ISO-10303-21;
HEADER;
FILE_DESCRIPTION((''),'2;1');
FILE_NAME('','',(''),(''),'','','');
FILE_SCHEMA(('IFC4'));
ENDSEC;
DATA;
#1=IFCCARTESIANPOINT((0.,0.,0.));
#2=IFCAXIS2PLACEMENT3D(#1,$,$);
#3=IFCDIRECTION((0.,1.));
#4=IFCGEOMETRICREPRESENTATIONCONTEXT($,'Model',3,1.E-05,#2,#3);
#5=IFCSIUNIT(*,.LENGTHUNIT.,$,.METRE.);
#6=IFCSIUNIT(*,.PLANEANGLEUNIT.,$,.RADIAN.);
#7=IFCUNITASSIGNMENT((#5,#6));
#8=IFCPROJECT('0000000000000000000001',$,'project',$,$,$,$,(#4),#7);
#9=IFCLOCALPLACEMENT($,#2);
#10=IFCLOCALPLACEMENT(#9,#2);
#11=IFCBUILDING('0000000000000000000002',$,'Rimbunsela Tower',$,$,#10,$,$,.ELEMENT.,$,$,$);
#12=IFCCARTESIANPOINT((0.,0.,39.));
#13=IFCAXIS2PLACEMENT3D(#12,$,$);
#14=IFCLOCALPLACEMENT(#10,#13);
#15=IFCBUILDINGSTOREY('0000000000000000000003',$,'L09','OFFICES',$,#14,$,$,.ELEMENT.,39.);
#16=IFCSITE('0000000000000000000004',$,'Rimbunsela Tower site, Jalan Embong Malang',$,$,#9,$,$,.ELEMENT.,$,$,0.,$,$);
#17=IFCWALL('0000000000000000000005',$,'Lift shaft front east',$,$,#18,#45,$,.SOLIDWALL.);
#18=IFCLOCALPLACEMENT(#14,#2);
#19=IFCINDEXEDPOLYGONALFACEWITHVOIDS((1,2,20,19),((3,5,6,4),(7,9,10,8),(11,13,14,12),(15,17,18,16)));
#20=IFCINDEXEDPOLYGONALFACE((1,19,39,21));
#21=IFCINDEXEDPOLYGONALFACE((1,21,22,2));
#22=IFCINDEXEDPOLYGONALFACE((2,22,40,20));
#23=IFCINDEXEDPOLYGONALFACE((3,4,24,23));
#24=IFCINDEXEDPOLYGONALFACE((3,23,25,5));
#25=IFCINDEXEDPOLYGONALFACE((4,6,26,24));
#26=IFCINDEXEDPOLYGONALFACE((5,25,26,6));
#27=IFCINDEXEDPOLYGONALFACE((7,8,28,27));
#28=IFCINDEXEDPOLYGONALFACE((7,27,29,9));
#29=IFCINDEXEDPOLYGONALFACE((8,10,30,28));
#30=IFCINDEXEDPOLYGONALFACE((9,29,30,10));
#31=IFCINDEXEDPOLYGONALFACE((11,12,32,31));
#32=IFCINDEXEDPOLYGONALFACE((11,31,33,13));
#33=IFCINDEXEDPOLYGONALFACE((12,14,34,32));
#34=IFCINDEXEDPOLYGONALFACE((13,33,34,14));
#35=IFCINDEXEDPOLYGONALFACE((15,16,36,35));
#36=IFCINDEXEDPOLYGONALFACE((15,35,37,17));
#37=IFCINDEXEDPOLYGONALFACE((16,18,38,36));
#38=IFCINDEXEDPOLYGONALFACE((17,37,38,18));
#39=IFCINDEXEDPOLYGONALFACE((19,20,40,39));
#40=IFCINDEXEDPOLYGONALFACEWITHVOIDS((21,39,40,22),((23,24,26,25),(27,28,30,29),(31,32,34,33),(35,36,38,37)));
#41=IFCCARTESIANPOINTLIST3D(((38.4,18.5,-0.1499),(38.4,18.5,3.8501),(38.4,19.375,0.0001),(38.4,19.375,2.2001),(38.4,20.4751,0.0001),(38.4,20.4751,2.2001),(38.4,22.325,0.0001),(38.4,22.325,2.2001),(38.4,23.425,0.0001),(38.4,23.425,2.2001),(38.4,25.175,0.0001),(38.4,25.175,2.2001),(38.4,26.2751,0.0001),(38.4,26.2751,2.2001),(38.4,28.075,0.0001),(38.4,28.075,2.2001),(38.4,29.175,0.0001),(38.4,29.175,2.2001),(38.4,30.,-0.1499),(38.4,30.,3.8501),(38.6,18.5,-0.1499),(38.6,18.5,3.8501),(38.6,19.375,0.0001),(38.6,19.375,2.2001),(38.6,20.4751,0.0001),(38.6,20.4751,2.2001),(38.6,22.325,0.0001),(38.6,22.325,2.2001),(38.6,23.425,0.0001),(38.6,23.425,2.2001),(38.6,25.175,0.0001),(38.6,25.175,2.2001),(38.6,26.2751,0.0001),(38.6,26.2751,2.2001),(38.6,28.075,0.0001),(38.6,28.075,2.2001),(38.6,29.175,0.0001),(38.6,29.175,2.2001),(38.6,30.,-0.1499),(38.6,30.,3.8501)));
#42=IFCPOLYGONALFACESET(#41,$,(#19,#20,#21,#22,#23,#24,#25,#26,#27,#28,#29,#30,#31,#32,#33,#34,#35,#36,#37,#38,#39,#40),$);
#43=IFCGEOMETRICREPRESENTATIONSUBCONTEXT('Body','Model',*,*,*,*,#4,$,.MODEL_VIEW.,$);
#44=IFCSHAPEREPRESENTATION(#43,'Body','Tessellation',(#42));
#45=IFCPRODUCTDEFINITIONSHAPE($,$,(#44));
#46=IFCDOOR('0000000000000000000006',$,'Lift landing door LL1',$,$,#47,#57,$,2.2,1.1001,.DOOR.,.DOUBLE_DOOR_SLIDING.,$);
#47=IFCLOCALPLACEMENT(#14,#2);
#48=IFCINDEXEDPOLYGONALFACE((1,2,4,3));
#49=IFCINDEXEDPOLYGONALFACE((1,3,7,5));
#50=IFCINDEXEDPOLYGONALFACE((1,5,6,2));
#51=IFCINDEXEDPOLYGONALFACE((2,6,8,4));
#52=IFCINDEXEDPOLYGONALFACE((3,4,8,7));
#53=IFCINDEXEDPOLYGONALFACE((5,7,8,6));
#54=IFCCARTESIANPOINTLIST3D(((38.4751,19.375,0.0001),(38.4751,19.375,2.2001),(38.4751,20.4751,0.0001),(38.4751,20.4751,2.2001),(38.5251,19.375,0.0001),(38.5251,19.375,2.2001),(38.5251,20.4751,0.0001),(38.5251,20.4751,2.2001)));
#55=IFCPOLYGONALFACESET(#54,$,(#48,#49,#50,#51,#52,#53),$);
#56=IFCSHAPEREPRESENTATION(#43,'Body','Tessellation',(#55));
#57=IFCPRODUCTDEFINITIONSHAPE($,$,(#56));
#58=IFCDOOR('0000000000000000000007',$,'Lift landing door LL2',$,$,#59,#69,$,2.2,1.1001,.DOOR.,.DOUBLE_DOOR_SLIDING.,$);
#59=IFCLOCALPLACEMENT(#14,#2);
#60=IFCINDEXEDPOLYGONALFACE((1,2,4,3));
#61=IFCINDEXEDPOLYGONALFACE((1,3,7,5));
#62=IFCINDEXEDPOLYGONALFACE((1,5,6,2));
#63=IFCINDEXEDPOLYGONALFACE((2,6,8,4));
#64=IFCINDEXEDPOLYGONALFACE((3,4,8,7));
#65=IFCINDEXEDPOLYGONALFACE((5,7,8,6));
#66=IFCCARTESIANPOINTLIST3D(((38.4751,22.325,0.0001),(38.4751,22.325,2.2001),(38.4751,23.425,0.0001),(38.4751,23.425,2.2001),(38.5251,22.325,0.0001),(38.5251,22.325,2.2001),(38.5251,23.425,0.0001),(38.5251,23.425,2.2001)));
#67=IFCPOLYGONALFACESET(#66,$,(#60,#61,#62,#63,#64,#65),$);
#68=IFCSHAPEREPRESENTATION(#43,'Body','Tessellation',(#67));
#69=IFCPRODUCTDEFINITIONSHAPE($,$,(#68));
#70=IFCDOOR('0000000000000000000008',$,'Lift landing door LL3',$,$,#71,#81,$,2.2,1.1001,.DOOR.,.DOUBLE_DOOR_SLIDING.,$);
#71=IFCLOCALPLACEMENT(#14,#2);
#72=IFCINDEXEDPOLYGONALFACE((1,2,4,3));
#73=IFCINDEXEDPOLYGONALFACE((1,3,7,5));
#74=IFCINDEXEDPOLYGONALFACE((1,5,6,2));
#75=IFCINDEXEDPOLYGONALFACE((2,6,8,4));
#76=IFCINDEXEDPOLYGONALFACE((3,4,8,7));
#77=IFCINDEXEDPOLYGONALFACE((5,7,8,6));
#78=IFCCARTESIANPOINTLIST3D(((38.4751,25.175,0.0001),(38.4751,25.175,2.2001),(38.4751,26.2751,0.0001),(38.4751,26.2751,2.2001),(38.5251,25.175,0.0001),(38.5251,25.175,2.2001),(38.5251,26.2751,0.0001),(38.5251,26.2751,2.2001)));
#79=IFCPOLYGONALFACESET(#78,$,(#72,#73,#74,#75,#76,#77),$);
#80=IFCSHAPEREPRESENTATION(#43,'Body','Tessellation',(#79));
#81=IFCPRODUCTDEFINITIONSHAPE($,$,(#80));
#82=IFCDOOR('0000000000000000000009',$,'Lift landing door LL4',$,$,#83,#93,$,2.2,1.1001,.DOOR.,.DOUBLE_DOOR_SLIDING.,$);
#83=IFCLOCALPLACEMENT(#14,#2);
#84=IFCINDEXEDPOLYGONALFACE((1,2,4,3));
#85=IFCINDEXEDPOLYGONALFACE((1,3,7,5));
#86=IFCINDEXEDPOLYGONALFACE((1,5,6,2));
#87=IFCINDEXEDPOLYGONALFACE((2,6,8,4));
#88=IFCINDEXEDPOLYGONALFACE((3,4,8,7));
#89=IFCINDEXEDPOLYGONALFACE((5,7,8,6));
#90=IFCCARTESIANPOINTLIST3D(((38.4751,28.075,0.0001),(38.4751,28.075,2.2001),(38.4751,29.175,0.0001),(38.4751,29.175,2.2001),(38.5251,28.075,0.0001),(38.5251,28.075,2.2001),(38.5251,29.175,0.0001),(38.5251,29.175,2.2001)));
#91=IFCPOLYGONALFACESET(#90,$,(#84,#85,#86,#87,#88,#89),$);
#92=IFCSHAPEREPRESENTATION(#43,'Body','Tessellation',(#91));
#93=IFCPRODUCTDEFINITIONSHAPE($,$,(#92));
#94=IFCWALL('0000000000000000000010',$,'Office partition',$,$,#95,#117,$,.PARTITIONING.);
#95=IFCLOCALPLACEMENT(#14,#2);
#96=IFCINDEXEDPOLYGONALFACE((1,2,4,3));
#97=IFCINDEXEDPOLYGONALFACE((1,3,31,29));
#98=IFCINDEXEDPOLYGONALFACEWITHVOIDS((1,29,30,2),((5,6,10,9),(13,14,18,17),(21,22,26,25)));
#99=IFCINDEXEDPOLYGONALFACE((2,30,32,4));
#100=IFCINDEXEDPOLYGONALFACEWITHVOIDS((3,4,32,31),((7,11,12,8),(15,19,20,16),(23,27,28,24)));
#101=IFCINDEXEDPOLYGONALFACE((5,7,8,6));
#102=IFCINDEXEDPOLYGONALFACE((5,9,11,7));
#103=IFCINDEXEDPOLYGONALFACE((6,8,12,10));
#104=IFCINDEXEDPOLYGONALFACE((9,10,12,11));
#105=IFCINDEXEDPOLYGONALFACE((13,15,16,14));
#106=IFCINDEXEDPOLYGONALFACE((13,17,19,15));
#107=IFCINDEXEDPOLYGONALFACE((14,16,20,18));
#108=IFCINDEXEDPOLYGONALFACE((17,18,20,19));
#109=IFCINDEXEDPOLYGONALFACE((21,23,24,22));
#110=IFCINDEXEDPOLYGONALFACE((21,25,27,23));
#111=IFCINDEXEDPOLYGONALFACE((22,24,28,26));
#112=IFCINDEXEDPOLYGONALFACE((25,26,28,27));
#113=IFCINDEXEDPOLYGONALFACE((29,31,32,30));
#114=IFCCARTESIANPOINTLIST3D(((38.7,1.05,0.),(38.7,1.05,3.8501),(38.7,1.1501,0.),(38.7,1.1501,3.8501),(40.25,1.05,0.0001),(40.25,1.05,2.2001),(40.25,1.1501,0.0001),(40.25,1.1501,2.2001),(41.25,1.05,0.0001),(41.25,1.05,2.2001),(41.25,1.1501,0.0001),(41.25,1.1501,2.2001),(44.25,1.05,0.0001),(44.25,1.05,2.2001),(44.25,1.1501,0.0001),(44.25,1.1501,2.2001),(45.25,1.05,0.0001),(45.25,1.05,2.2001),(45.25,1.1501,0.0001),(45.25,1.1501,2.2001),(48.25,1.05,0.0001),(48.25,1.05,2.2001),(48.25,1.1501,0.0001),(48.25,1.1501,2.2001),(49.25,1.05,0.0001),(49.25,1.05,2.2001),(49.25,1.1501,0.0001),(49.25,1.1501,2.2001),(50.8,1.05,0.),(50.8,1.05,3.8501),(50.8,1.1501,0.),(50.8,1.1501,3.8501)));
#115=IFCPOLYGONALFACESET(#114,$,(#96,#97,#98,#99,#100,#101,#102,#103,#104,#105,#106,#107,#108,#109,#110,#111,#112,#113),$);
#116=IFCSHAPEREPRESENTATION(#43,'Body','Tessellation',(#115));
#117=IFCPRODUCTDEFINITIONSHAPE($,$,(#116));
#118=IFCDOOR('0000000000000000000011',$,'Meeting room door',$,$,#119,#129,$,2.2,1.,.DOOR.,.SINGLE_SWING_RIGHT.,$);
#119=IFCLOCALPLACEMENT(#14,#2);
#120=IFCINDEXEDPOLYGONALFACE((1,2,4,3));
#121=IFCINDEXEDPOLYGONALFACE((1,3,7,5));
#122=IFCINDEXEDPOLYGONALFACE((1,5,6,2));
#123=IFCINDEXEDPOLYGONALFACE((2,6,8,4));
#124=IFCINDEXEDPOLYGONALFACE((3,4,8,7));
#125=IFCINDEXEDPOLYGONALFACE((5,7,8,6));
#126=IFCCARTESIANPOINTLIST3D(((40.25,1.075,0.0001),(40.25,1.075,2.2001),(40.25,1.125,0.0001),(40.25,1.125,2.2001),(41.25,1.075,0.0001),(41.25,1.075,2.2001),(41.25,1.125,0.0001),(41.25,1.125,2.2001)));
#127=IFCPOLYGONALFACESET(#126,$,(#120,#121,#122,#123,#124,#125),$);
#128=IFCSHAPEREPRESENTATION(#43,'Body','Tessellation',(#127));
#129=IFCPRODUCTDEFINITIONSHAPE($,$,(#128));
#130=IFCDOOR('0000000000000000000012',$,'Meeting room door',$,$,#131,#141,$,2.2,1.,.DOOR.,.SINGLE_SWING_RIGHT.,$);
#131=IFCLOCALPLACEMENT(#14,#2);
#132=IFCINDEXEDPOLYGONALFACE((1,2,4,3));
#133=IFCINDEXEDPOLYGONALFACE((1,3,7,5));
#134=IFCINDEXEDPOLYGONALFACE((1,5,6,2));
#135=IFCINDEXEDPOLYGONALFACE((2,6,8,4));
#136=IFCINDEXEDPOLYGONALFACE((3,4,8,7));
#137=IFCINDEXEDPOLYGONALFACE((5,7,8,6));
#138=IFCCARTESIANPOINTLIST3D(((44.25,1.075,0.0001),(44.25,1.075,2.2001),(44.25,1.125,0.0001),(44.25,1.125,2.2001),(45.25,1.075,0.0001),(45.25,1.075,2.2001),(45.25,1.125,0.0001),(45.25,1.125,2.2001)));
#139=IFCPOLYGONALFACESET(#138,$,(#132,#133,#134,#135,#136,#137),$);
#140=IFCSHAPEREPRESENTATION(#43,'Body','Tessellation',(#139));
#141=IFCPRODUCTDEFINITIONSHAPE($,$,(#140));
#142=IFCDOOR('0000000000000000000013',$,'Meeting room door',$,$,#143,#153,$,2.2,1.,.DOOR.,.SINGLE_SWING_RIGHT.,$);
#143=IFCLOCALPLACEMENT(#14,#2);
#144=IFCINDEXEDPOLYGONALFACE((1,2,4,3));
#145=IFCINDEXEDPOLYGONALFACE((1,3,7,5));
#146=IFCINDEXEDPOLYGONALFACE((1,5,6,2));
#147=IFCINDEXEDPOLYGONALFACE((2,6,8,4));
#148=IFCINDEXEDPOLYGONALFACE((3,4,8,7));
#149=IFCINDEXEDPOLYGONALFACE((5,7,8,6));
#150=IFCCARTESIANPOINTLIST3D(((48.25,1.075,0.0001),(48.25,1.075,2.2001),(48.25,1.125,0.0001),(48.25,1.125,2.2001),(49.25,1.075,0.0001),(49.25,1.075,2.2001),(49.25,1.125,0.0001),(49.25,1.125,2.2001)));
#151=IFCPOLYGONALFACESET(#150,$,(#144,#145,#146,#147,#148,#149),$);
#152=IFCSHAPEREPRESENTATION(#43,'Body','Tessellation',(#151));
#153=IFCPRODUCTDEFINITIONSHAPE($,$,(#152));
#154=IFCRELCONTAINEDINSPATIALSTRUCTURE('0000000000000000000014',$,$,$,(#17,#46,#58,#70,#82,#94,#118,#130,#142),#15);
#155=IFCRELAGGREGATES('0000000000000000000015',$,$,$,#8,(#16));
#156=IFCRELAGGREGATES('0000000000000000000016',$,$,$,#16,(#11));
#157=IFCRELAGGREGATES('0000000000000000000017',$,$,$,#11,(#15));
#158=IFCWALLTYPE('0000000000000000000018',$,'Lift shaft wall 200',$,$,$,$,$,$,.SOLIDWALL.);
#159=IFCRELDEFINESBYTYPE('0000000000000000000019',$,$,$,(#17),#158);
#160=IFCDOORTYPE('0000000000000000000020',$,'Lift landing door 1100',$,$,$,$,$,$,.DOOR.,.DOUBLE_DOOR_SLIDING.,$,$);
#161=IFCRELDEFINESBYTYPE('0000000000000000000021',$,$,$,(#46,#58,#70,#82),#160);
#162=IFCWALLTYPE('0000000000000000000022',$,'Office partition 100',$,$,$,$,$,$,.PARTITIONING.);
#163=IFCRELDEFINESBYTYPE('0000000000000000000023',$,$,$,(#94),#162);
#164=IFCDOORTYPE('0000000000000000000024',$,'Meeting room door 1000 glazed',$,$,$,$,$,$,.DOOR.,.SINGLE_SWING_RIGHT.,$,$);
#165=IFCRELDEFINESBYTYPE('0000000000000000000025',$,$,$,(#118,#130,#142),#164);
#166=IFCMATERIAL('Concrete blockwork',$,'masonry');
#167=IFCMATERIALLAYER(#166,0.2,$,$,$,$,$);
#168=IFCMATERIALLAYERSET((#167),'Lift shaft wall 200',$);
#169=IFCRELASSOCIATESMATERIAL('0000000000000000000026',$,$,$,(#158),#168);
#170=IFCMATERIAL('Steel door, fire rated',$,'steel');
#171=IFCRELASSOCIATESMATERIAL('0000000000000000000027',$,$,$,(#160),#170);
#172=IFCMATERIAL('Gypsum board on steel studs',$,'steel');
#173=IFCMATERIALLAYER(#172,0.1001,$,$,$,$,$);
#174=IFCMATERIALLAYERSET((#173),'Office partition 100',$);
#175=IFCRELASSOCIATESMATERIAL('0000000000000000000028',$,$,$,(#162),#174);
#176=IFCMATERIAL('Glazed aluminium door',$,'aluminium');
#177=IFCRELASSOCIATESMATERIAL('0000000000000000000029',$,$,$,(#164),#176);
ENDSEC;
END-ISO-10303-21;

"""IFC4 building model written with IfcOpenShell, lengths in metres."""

from ifc_helpers import new_model, si_unit, direction, frame, frame_2d, origin, place, context, subcontext, project, spatial, rectangle, extrude, material, layer, layer_set, type_object, element, fill, save


model = new_model("IFC4")

# Units and contexts
model_context = context("Model", 3, precision=1e-05, world=origin(), true_north=direction((0.0, 1.0)))
body_context = subcontext(model_context, "Body", "Model", "MODEL_VIEW")
ifc_project = project(units=[si_unit("LENGTHUNIT", "METRE"), si_unit("PLANEANGLEUNIT", "RADIAN")], contexts=[model_context])

# Site, building, storey
site_placement = place(None, origin())
site = spatial("IfcSite", under=ifc_project, at=site_placement, Name="Rimbunsela Tower site, Jalan Embong Malang", CompositionType="ELEMENT", RefElevation=0.0)
building_placement = place(site_placement, origin())
building = spatial("IfcBuilding", under=site, at=building_placement, Name="Rimbunsela Tower", CompositionType="ELEMENT")
storey_placement = place(building_placement, frame((0.0, 0.0, 39.0)))
storey = spatial("IfcBuildingStorey", under=building, at=storey_placement, Name="L09", Description="OFFICES", CompositionType="ELEMENT", Elevation=39.0)

# Walls, openings, doors
ifc_material_1 = material(Name="Concrete blockwork", Category="masonry")
ifc_layer_1 = layer(ifc_material_1, 0.2)
ifc_layer_set_1 = layer_set([ifc_layer_1], Name="Lift shaft wall 200")
wall_type_1 = type_object("IfcWallType", Name="Lift shaft wall 200", PredefinedType="SOLIDWALL", material=ifc_layer_set_1)
wall_1_placement = place(storey_placement, frame((38.5, 18.5, -0.1499), z_axis=(0.0, 0.0, 1.0), x_axis=(0.0, 1.0, 0.0)))
wall_1 = element("IfcWall", 1, at=wall_1_placement, inside=storey, type_object=wall_type_1, Name="Lift shaft front east", PredefinedType="SOLIDWALL", context=body_context, shape_type="SweptSolid", body=[
    extrude(rectangle(XDim=11.5, YDim=0.2, at=frame_2d((5.75, 0.0))), origin(), (0.0, 0.0, 1.0), 4.0),
])
opening_1_placement = place(wall_1_placement, frame((0.875, 0.0, 0.1499)))
opening_1 = element("IfcOpeningElement", 2, at=opening_1_placement, cuts=wall_1, PredefinedType="OPENING", context=body_context, shape_type="SweptSolid", body=[
    extrude(rectangle(XDim=1.1001, YDim=2.2, at=frame_2d((0.55, 1.1001))), frame((0.0, 0.1099, 0.0), z_axis=(0.0, -1.0, 0.0), x_axis=(1.0, 0.0, 0.0)), (0.0, 0.0, 1.0), 0.22),
])
opening_2_placement = place(wall_1_placement, frame((3.825, 0.0, 0.1499)))
opening_2 = element("IfcOpeningElement", 3, at=opening_2_placement, cuts=wall_1, PredefinedType="OPENING", context=body_context, shape_type="SweptSolid", body=[
    extrude(rectangle(XDim=1.1001, YDim=2.2, at=frame_2d((0.55, 1.1001))), frame((0.0, 0.1099, 0.0), z_axis=(0.0, -1.0, 0.0), x_axis=(1.0, 0.0, 0.0)), (0.0, 0.0, 1.0), 0.22),
])
opening_3_placement = place(wall_1_placement, frame((6.675, 0.0, 0.1499)))
opening_3 = element("IfcOpeningElement", 4, at=opening_3_placement, cuts=wall_1, PredefinedType="OPENING", context=body_context, shape_type="SweptSolid", body=[
    extrude(rectangle(XDim=1.1001, YDim=2.2, at=frame_2d((0.55, 1.1001))), frame((0.0, 0.1099, 0.0), z_axis=(0.0, -1.0, 0.0), x_axis=(1.0, 0.0, 0.0)), (0.0, 0.0, 1.0), 0.22),
])
opening_4_placement = place(wall_1_placement, frame((9.575, 0.0, 0.1499)))
opening_4 = element("IfcOpeningElement", 5, at=opening_4_placement, cuts=wall_1, PredefinedType="OPENING", context=body_context, shape_type="SweptSolid", body=[
    extrude(rectangle(XDim=1.1001, YDim=2.2, at=frame_2d((0.55, 1.1001))), frame((0.0, 0.1099, 0.0), z_axis=(0.0, -1.0, 0.0), x_axis=(1.0, 0.0, 0.0)), (0.0, 0.0, 1.0), 0.22),
])
ifc_material_2 = material(Name="Steel door, fire rated", Category="steel")
door_type_1 = type_object("IfcDoorType", Name="Lift landing door 1100", OperationType="DOUBLE_DOOR_SLIDING", PredefinedType="DOOR", material=ifc_material_2)
door_1_placement = place(opening_1_placement, origin())
door_1 = element("IfcDoor", 6, at=door_1_placement, inside=storey, type_object=door_type_1, Name="Lift landing door LL1", OperationType="DOUBLE_DOOR_SLIDING", OverallHeight=2.2, OverallWidth=1.1001, PredefinedType="DOOR", context=body_context, shape_type="SweptSolid", body=[
    extrude(rectangle(XDim=1.1001, YDim=2.2, at=frame_2d((0.55, 1.1001))), frame((0.0, 0.0249, 0.0), z_axis=(0.0, -1.0, 0.0), x_axis=(1.0, 0.0, 0.0)), (0.0, 0.0, 1.0), 0.05),
])
fill(opening_1, door_1)
door_2_placement = place(opening_2_placement, origin())
door_2 = element("IfcDoor", 7, at=door_2_placement, inside=storey, type_object=door_type_1, Name="Lift landing door LL2", OperationType="DOUBLE_DOOR_SLIDING", OverallHeight=2.2, OverallWidth=1.1001, PredefinedType="DOOR", context=body_context, shape_type="SweptSolid", body=[
    extrude(rectangle(XDim=1.1001, YDim=2.2, at=frame_2d((0.55, 1.1001))), frame((0.0, 0.0249, 0.0), z_axis=(0.0, -1.0, 0.0), x_axis=(1.0, 0.0, 0.0)), (0.0, 0.0, 1.0), 0.05),
])
fill(opening_2, door_2)
door_3_placement = place(opening_3_placement, origin())
door_3 = element("IfcDoor", 8, at=door_3_placement, inside=storey, type_object=door_type_1, Name="Lift landing door LL3", OperationType="DOUBLE_DOOR_SLIDING", OverallHeight=2.2, OverallWidth=1.1001, PredefinedType="DOOR", context=body_context, shape_type="SweptSolid", body=[
    extrude(rectangle(XDim=1.1001, YDim=2.2, at=frame_2d((0.55, 1.1001))), frame((0.0, 0.0249, 0.0), z_axis=(0.0, -1.0, 0.0), x_axis=(1.0, 0.0, 0.0)), (0.0, 0.0, 1.0), 0.05),
])
fill(opening_3, door_3)
door_4_placement = place(opening_4_placement, origin())
door_4 = element("IfcDoor", 9, at=door_4_placement, inside=storey, type_object=door_type_1, Name="Lift landing door LL4", OperationType="DOUBLE_DOOR_SLIDING", OverallHeight=2.2, OverallWidth=1.1001, PredefinedType="DOOR", context=body_context, shape_type="SweptSolid", body=[
    extrude(rectangle(XDim=1.1001, YDim=2.2, at=frame_2d((0.55, 1.1001))), frame((0.0, 0.0249, 0.0), z_axis=(0.0, -1.0, 0.0), x_axis=(1.0, 0.0, 0.0)), (0.0, 0.0, 1.0), 0.05),
])
fill(opening_4, door_4)
ifc_material_3 = material(Name="Gypsum board on steel studs", Category="steel")
ifc_layer_2 = layer(ifc_material_3, 0.1001)
ifc_layer_set_2 = layer_set([ifc_layer_2], Name="Office partition 100")
wall_type_2 = type_object("IfcWallType", Name="Office partition 100", PredefinedType="PARTITIONING", material=ifc_layer_set_2)
wall_2_placement = place(storey_placement, frame((38.7, 1.1001, 0.0), z_axis=(0.0, 0.0, 1.0), x_axis=(1.0, 0.0, 0.0)))
wall_2 = element("IfcWall", 10, at=wall_2_placement, inside=storey, type_object=wall_type_2, Name="Office partition", PredefinedType="PARTITIONING", context=body_context, shape_type="SweptSolid", body=[
    extrude(rectangle(XDim=12.1001, YDim=0.1001, at=frame_2d((6.05, 0.0))), origin(), (0.0, 0.0, 1.0), 3.8501),
])
opening_5_placement = place(wall_2_placement, frame((1.55, 0.0, 0.0)))
opening_5 = element("IfcOpeningElement", 11, at=opening_5_placement, cuts=wall_2, PredefinedType="OPENING", context=body_context, shape_type="SweptSolid", body=[
    extrude(rectangle(XDim=1.0, YDim=2.2, at=frame_2d((0.5, 1.1001))), frame((0.0, 0.0601, 0.0), z_axis=(0.0, -1.0, 0.0), x_axis=(1.0, 0.0, 0.0)), (0.0, 0.0, 1.0), 0.1201),
])
opening_6_placement = place(wall_2_placement, frame((5.55, 0.0, 0.0)))
opening_6 = element("IfcOpeningElement", 12, at=opening_6_placement, cuts=wall_2, PredefinedType="OPENING", context=body_context, shape_type="SweptSolid", body=[
    extrude(rectangle(XDim=1.0, YDim=2.2, at=frame_2d((0.5, 1.1001))), frame((0.0, 0.0601, 0.0), z_axis=(0.0, -1.0, 0.0), x_axis=(1.0, 0.0, 0.0)), (0.0, 0.0, 1.0), 0.1201),
])
opening_7_placement = place(wall_2_placement, frame((9.55, 0.0, 0.0)))
opening_7 = element("IfcOpeningElement", 13, at=opening_7_placement, cuts=wall_2, PredefinedType="OPENING", context=body_context, shape_type="SweptSolid", body=[
    extrude(rectangle(XDim=1.0, YDim=2.2, at=frame_2d((0.5, 1.1001))), frame((0.0, 0.0601, 0.0), z_axis=(0.0, -1.0, 0.0), x_axis=(1.0, 0.0, 0.0)), (0.0, 0.0, 1.0), 0.1201),
])
ifc_material_4 = material(Name="Glazed aluminium door", Category="aluminium")
door_type_2 = type_object("IfcDoorType", Name="Meeting room door 1000 glazed", OperationType="SINGLE_SWING_RIGHT", PredefinedType="DOOR", material=ifc_material_4)
door_5_placement = place(opening_5_placement, origin())
door_5 = element("IfcDoor", 14, at=door_5_placement, inside=storey, type_object=door_type_2, Name="Meeting room door", OperationType="SINGLE_SWING_RIGHT", OverallHeight=2.2, OverallWidth=1.0, PredefinedType="DOOR", context=body_context, shape_type="SweptSolid", body=[
    extrude(rectangle(XDim=1.0, YDim=2.2, at=frame_2d((0.5, 1.1001))), frame((0.0, 0.0249, 0.0), z_axis=(0.0, -1.0, 0.0), x_axis=(1.0, 0.0, 0.0)), (0.0, 0.0, 1.0), 0.05),
])
fill(opening_5, door_5)
door_6_placement = place(opening_6_placement, origin())
door_6 = element("IfcDoor", 15, at=door_6_placement, inside=storey, type_object=door_type_2, Name="Meeting room door", OperationType="SINGLE_SWING_RIGHT", OverallHeight=2.2, OverallWidth=1.0, PredefinedType="DOOR", context=body_context, shape_type="SweptSolid", body=[
    extrude(rectangle(XDim=1.0, YDim=2.2, at=frame_2d((0.5, 1.1001))), frame((0.0, 0.0249, 0.0), z_axis=(0.0, -1.0, 0.0), x_axis=(1.0, 0.0, 0.0)), (0.0, 0.0, 1.0), 0.05),
])
fill(opening_6, door_6)
door_7_placement = place(opening_7_placement, origin())
door_7 = element("IfcDoor", 16, at=door_7_placement, inside=storey, type_object=door_type_2, Name="Meeting room door", OperationType="SINGLE_SWING_RIGHT", OverallHeight=2.2, OverallWidth=1.0, PredefinedType="DOOR", context=body_context, shape_type="SweptSolid", body=[
    extrude(rectangle(XDim=1.0, YDim=2.2, at=frame_2d((0.5, 1.1001))), frame((0.0, 0.0249, 0.0), z_axis=(0.0, -1.0, 0.0), x_axis=(1.0, 0.0, 0.0)), (0.0, 0.0, 1.0), 0.05),
])
fill(opening_7, door_7)

save(model, "model.ifc")
